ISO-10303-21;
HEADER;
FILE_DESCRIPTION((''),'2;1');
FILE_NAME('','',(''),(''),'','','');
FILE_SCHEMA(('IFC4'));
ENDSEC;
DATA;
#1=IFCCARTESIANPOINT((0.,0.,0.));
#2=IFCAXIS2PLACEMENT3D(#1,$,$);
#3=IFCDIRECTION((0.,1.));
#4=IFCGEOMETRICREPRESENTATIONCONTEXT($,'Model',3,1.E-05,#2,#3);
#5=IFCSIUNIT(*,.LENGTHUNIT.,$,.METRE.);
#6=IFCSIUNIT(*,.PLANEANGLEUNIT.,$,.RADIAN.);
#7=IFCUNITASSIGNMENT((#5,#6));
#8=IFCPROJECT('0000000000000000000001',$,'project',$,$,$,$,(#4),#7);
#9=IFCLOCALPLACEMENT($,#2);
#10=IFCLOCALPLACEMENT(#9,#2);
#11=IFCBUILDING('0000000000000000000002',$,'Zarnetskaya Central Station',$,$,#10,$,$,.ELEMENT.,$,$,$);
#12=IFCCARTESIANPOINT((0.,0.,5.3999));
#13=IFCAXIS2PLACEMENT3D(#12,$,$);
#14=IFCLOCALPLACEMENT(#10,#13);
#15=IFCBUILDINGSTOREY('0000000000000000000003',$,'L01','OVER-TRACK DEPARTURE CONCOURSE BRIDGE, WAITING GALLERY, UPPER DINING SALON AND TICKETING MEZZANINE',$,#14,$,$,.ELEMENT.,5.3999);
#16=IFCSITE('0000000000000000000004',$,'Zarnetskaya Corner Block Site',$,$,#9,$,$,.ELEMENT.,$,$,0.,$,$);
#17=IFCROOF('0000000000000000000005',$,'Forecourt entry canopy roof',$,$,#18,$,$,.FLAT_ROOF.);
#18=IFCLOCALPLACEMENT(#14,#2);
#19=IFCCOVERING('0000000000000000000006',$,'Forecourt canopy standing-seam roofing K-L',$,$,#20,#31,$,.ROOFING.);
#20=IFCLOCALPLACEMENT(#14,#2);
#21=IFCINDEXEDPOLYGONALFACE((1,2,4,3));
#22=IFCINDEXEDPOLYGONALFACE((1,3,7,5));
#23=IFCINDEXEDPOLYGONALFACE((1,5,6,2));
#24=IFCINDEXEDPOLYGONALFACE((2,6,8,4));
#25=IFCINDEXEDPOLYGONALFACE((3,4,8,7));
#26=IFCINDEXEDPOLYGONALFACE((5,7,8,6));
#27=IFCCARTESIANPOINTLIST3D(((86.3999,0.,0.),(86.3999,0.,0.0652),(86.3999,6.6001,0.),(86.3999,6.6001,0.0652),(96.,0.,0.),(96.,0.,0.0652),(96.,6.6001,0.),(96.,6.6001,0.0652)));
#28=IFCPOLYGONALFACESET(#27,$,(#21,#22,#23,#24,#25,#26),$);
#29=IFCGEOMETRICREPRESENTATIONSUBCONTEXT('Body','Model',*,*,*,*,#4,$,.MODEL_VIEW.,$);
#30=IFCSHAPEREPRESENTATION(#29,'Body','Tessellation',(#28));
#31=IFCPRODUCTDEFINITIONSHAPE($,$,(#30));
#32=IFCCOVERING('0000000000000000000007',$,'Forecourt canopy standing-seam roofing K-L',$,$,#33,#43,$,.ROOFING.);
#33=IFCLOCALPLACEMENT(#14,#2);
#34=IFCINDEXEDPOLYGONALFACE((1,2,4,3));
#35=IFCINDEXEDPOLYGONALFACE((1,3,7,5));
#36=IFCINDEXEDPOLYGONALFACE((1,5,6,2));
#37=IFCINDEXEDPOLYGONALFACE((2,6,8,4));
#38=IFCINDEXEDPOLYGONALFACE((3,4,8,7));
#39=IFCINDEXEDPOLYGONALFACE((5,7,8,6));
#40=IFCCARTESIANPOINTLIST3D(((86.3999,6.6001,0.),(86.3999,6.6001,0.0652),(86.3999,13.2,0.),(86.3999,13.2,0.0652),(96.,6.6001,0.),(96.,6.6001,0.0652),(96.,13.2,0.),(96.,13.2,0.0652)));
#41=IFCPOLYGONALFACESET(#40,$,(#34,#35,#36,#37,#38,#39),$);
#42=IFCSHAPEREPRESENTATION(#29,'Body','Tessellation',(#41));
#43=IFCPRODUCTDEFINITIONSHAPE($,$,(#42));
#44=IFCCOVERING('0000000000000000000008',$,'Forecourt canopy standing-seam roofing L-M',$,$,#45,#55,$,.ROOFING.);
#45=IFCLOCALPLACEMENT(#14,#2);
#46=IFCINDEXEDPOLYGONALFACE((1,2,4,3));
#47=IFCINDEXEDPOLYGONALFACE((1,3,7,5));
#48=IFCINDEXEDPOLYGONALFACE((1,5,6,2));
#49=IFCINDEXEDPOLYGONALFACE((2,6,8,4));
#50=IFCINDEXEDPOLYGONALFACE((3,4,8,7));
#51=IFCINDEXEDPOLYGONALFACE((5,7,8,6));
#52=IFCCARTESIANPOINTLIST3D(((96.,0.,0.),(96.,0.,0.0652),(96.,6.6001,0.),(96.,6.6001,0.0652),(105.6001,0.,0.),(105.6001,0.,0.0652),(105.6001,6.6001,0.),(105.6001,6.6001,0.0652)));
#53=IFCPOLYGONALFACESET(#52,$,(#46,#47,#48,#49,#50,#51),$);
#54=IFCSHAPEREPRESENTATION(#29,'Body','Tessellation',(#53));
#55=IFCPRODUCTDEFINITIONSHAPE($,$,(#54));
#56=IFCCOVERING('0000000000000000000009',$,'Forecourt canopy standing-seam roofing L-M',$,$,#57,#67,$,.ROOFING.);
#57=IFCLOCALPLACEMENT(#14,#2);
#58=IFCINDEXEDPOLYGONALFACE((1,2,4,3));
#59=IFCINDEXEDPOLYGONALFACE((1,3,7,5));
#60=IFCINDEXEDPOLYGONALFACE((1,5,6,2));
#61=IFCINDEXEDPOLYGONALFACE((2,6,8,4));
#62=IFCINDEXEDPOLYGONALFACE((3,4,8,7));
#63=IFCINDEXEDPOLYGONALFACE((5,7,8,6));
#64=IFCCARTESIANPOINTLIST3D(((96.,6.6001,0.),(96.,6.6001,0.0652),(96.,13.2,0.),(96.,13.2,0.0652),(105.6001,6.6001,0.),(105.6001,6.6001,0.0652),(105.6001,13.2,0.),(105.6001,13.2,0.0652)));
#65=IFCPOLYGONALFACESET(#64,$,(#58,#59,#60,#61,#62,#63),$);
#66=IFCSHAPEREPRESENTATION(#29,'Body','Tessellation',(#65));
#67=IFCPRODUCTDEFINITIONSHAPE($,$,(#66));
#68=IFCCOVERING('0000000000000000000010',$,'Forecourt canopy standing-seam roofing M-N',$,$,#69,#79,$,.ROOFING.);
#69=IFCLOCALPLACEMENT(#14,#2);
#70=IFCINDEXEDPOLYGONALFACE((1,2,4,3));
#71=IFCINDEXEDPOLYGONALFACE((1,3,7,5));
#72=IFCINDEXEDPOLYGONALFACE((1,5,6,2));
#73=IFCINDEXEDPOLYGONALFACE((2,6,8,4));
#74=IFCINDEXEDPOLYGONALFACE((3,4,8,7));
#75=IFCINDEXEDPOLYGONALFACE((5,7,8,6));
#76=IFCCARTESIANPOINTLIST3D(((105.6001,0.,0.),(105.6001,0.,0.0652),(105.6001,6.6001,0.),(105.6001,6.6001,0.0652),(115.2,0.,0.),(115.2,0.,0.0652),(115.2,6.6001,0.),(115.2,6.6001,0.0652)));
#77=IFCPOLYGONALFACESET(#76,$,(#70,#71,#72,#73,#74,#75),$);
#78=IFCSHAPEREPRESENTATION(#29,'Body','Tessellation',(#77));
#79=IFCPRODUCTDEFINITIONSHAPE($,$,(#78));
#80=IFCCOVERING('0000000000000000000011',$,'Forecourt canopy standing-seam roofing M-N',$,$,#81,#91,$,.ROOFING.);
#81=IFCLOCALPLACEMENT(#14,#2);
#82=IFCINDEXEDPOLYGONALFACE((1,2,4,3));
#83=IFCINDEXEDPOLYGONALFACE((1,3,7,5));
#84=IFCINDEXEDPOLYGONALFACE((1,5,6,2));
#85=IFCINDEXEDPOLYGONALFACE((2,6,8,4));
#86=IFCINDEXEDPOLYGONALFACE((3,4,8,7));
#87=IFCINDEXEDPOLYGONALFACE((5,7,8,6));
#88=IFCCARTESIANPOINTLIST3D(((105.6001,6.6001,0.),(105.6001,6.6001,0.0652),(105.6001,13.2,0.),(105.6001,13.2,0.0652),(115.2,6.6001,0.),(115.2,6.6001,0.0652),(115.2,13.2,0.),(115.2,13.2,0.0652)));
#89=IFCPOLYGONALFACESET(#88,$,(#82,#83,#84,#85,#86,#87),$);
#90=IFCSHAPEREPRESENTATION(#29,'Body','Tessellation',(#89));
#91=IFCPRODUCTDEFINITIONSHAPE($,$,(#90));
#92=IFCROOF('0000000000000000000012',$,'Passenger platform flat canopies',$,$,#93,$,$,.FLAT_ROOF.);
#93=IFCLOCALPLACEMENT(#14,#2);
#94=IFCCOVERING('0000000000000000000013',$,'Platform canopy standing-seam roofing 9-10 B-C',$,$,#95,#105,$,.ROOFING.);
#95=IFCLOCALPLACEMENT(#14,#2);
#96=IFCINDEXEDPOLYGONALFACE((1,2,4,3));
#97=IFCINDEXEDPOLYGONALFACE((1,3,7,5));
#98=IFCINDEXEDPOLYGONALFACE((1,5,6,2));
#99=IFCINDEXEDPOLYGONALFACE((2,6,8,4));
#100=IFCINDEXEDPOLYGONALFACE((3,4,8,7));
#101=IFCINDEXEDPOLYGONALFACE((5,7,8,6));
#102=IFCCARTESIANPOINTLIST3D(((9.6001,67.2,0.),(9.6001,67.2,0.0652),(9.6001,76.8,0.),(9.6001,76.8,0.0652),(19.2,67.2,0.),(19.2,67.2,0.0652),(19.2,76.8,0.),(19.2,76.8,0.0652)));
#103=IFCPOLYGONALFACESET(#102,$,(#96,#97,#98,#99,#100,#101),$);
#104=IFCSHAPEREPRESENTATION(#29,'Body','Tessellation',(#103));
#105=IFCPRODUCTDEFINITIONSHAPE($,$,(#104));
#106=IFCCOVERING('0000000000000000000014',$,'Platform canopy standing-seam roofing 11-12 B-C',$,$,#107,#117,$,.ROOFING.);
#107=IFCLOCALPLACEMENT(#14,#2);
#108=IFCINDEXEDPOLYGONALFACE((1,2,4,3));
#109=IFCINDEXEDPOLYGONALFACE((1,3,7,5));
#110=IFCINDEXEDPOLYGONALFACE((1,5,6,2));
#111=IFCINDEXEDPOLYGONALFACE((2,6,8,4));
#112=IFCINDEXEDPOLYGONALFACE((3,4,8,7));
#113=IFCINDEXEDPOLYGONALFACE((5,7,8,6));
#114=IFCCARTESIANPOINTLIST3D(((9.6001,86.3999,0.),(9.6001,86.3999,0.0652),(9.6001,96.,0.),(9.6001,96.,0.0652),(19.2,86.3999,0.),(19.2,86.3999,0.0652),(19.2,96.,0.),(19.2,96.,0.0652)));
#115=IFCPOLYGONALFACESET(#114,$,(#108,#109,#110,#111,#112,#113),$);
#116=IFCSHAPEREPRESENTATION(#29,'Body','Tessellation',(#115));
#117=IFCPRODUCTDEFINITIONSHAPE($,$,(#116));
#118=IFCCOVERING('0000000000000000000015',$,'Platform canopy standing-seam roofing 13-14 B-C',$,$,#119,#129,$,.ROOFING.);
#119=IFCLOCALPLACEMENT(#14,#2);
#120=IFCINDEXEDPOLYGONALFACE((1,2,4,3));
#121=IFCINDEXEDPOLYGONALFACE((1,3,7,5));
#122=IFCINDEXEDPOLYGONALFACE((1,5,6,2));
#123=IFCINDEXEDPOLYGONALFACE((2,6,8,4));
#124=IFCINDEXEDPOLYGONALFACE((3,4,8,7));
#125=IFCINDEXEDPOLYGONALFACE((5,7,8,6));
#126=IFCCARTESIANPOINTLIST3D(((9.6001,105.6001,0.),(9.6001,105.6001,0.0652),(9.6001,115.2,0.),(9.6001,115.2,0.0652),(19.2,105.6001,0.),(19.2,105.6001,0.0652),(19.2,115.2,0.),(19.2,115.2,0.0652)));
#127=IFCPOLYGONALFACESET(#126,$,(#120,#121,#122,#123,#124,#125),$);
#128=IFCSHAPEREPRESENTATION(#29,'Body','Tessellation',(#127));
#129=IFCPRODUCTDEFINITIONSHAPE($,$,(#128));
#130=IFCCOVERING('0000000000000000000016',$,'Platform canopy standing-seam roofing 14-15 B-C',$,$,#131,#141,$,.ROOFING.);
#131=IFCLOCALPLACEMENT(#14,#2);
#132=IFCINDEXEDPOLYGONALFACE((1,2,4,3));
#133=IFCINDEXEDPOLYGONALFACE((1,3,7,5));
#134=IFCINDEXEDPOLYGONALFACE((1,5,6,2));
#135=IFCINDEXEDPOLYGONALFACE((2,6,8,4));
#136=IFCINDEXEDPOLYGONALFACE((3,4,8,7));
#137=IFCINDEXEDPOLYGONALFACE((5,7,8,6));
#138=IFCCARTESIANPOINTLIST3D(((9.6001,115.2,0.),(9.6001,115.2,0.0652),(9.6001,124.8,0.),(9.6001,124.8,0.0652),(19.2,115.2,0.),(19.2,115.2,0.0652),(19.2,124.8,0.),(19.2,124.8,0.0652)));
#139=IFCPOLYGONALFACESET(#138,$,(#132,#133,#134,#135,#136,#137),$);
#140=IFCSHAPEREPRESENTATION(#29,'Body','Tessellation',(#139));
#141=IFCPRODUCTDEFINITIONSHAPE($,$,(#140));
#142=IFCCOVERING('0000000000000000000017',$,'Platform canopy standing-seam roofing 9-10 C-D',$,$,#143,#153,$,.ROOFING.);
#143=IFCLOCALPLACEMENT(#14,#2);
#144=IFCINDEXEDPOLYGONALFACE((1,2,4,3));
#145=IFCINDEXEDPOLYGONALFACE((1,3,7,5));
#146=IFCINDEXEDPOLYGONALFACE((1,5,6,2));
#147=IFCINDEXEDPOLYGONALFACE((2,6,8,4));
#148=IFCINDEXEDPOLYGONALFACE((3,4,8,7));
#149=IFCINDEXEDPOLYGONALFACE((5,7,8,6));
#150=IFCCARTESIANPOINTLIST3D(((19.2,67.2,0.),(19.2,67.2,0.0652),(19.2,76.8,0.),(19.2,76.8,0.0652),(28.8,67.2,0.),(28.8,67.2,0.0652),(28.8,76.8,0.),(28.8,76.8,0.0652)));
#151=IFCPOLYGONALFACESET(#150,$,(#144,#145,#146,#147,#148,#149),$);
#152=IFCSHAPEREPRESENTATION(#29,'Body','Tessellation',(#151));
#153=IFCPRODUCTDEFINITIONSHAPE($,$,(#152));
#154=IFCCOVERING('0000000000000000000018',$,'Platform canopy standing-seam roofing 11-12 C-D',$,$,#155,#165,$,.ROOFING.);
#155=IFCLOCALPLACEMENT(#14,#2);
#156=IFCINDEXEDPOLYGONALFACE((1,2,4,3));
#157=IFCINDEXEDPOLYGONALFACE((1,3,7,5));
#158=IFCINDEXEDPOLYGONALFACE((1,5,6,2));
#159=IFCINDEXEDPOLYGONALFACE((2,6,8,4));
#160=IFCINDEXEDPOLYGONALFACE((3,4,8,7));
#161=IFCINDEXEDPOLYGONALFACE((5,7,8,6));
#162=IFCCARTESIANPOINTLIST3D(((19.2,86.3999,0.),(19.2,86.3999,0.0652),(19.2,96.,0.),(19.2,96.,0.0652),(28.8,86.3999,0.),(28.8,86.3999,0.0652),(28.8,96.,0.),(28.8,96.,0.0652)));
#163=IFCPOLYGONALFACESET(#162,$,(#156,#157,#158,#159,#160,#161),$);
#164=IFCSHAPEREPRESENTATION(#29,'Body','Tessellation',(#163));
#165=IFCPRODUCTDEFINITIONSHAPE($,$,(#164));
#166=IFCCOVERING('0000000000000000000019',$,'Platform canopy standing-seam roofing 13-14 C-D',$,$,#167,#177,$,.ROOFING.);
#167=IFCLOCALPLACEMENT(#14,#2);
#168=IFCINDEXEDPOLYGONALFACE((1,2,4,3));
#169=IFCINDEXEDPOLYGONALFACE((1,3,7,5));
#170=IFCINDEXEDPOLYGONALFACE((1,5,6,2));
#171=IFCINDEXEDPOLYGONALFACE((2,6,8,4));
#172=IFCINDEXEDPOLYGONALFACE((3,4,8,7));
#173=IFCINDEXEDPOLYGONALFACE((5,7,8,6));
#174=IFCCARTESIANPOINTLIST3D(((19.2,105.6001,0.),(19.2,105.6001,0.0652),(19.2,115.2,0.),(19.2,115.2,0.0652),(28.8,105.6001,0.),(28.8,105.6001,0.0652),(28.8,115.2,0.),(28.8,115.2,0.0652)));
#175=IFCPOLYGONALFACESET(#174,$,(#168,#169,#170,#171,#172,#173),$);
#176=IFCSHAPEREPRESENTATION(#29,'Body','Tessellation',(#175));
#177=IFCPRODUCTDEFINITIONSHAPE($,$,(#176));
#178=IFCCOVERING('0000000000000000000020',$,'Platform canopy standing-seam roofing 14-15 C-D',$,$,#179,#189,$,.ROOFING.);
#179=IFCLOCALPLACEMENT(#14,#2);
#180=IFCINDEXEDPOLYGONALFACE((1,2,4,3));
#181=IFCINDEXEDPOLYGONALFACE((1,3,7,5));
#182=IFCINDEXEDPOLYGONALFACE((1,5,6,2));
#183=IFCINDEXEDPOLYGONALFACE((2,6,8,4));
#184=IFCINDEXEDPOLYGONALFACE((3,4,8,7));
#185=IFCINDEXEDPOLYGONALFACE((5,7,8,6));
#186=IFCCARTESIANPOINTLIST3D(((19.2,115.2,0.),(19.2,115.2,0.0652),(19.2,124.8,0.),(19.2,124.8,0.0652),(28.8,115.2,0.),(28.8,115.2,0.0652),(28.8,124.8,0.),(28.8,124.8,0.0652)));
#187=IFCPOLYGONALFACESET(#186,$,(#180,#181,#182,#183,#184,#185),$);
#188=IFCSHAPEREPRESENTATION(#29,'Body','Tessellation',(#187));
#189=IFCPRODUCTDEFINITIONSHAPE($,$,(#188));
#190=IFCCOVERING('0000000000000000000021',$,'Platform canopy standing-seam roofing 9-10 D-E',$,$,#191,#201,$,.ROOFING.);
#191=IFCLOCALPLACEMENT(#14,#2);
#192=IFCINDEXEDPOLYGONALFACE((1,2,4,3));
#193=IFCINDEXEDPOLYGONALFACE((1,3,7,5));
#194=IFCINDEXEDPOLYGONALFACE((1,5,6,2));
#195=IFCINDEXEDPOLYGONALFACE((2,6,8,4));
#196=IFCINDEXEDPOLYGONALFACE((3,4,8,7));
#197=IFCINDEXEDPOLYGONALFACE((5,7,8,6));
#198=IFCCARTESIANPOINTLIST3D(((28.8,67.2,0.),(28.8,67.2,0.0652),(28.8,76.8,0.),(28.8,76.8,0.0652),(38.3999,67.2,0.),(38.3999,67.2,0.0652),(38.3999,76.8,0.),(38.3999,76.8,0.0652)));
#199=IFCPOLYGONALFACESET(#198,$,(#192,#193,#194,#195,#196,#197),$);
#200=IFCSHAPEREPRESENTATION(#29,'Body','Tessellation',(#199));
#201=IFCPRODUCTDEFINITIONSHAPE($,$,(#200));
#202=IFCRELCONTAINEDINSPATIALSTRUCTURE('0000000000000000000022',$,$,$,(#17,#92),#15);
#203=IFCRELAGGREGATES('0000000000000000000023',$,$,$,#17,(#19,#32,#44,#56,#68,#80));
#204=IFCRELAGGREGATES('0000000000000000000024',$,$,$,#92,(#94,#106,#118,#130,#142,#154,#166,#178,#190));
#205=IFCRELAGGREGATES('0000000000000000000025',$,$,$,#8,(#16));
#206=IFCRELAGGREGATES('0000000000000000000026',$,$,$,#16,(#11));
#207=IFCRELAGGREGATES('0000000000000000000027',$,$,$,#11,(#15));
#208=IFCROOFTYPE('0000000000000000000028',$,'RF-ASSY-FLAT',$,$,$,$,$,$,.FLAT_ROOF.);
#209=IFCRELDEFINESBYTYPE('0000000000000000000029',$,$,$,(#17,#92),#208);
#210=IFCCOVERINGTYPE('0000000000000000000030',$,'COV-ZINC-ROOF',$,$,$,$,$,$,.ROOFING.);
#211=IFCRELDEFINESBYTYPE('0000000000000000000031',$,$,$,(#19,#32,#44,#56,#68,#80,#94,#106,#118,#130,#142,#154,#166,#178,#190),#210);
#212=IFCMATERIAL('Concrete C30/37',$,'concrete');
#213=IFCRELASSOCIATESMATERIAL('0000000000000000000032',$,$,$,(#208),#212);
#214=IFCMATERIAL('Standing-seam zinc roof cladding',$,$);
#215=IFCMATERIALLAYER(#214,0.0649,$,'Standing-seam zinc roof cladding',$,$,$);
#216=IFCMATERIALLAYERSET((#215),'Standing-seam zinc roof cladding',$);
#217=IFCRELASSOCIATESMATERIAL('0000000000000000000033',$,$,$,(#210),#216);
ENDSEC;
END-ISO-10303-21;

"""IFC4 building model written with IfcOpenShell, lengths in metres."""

from ifc_helpers import new_model, si_unit, direction, frame, origin, place, context, subcontext, project, spatial, polyline, outline, extrude, material, layer, layer_set, type_object, element, aggregate, save


model = new_model("IFC4")

# Units and contexts
model_context = context("Model", 3, precision=1e-05, world=origin(), true_north=direction((0.0, 1.0)))
body_context = subcontext(model_context, "Body", "Model", "MODEL_VIEW")
ifc_project = project(units=[si_unit("LENGTHUNIT", "METRE"), si_unit("PLANEANGLEUNIT", "RADIAN")], contexts=[model_context])

# Site, building, storey
site_placement = place(None, origin())
site = spatial("IfcSite", under=ifc_project, at=site_placement, Name="Zarnetskaya Corner Block Site", CompositionType="ELEMENT", RefElevation=0.0)
building_placement = place(site_placement, origin())
building = spatial("IfcBuilding", under=site, at=building_placement, Name="Zarnetskaya Central Station", CompositionType="ELEMENT")
storey_placement = place(building_placement, frame((0.0, 0.0, 5.3999)))
storey = spatial("IfcBuildingStorey", under=building, at=storey_placement, Name="L01", Description="OVER-TRACK DEPARTURE CONCOURSE BRIDGE, WAITING GALLERY, UPPER DINING SALON AND TICKETING MEZZANINE", CompositionType="ELEMENT", Elevation=5.3999)

# Shared definitions
ifc_material_1 = material(Name="Concrete C30/37", Category="concrete")

# Roofs, coverings
roof_type = type_object("IfcRoofType", Name="RF-ASSY-FLAT", PredefinedType="FLAT_ROOF", material=ifc_material_1)
roof_1_placement = place(storey_placement, origin())
roof_1 = element("IfcRoof", 1, at=roof_1_placement, inside=storey, type_object=roof_type, Name="Forecourt entry canopy roof", PredefinedType="FLAT_ROOF")
ifc_material_2 = material(Name="Standing-seam zinc roof cladding")
ifc_layer_1 = layer(ifc_material_2, 0.0649, Name="Standing-seam zinc roof cladding")
ifc_layer_set_1 = layer_set([ifc_layer_1], Name="Standing-seam zinc roof cladding")
covering_type = type_object("IfcCoveringType", Name="COV-ZINC-ROOF", PredefinedType="ROOFING", material=ifc_layer_set_1)
covering_1_placement = place(storey_placement, origin())
covering_1 = element("IfcCovering", 2, at=covering_1_placement, type_object=covering_type, Name="Forecourt canopy standing-seam roofing K-L", PredefinedType="ROOFING", context=body_context, shape_type="SweptSolid", body=[
    extrude(outline(polyline([(86.3999, 0.0), (96.0, 0.0), (96.0, 6.6001), (86.3999, 6.6001), (86.3999, 0.0)])), origin(), (0.0, 0.0, 1.0), 0.0652),
])
covering_2_placement = place(storey_placement, origin())
covering_2 = element("IfcCovering", 3, at=covering_2_placement, type_object=covering_type, Name="Forecourt canopy standing-seam roofing K-L", PredefinedType="ROOFING", context=body_context, shape_type="SweptSolid", body=[
    extrude(outline(polyline([(86.3999, 6.6001), (96.0, 6.6001), (96.0, 13.2), (86.3999, 13.2), (86.3999, 6.6001)])), origin(), (0.0, 0.0, 1.0), 0.0652),
])
covering_3_placement = place(storey_placement, origin())
covering_3 = element("IfcCovering", 4, at=covering_3_placement, type_object=covering_type, Name="Forecourt canopy standing-seam roofing L-M", PredefinedType="ROOFING", context=body_context, shape_type="SweptSolid", body=[
    extrude(outline(polyline([(96.0, 0.0), (105.6001, 0.0), (105.6001, 6.6001), (96.0, 6.6001), (96.0, 0.0)])), origin(), (0.0, 0.0, 1.0), 0.0652),
])
covering_4_placement = place(storey_placement, origin())
covering_4 = element("IfcCovering", 5, at=covering_4_placement, type_object=covering_type, Name="Forecourt canopy standing-seam roofing L-M", PredefinedType="ROOFING", context=body_context, shape_type="SweptSolid", body=[
    extrude(outline(polyline([(96.0, 6.6001), (105.6001, 6.6001), (105.6001, 13.2), (96.0, 13.2), (96.0, 6.6001)])), origin(), (0.0, 0.0, 1.0), 0.0652),
])
covering_5_placement = place(storey_placement, origin())
covering_5 = element("IfcCovering", 6, at=covering_5_placement, type_object=covering_type, Name="Forecourt canopy standing-seam roofing M-N", PredefinedType="ROOFING", context=body_context, shape_type="SweptSolid", body=[
    extrude(outline(polyline([(105.6001, 0.0), (115.2, 0.0), (115.2, 6.6001), (105.6001, 6.6001), (105.6001, 0.0)])), origin(), (0.0, 0.0, 1.0), 0.0652),
])
covering_6_placement = place(storey_placement, origin())
covering_6 = element("IfcCovering", 7, at=covering_6_placement, type_object=covering_type, Name="Forecourt canopy standing-seam roofing M-N", PredefinedType="ROOFING", context=body_context, shape_type="SweptSolid", body=[
    extrude(outline(polyline([(105.6001, 6.6001), (115.2, 6.6001), (115.2, 13.2), (105.6001, 13.2), (105.6001, 6.6001)])), origin(), (0.0, 0.0, 1.0), 0.0652),
])
aggregate(roof_1, [covering_1, covering_2, covering_3, covering_4, covering_5, covering_6])
roof_2_placement = place(storey_placement, origin())
roof_2 = element("IfcRoof", 8, at=roof_2_placement, inside=storey, type_object=roof_type, Name="Passenger platform flat canopies", PredefinedType="FLAT_ROOF")
covering_7_placement = place(storey_placement, origin())
covering_7 = element("IfcCovering", 9, at=covering_7_placement, type_object=covering_type, Name="Platform canopy standing-seam roofing 9-10 B-C", PredefinedType="ROOFING", context=body_context, shape_type="SweptSolid", body=[
    extrude(outline(polyline([(9.6001, 67.2), (19.2, 67.2), (19.2, 76.8), (9.6001, 76.8), (9.6001, 67.2)])), origin(), (0.0, 0.0, 1.0), 0.0652),
])
covering_8_placement = place(storey_placement, origin())
covering_8 = element("IfcCovering", 10, at=covering_8_placement, type_object=covering_type, Name="Platform canopy standing-seam roofing 11-12 B-C", PredefinedType="ROOFING", context=body_context, shape_type="SweptSolid", body=[
    extrude(outline(polyline([(9.6001, 86.3999), (19.2, 86.3999), (19.2, 96.0), (9.6001, 96.0), (9.6001, 86.3999)])), origin(), (0.0, 0.0, 1.0), 0.0652),
])
covering_9_placement = place(storey_placement, origin())
covering_9 = element("IfcCovering", 11, at=covering_9_placement, type_object=covering_type, Name="Platform canopy standing-seam roofing 13-14 B-C", PredefinedType="ROOFING", context=body_context, shape_type="SweptSolid", body=[
    extrude(outline(polyline([(9.6001, 105.6001), (19.2, 105.6001), (19.2, 115.2), (9.6001, 115.2), (9.6001, 105.6001)])), origin(), (0.0, 0.0, 1.0), 0.0652),
])
covering_10_placement = place(storey_placement, origin())
covering_10 = element("IfcCovering", 12, at=covering_10_placement, type_object=covering_type, Name="Platform canopy standing-seam roofing 14-15 B-C", PredefinedType="ROOFING", context=body_context, shape_type="SweptSolid", body=[
    extrude(outline(polyline([(9.6001, 115.2), (19.2, 115.2), (19.2, 124.8), (9.6001, 124.8), (9.6001, 115.2)])), origin(), (0.0, 0.0, 1.0), 0.0652),
])
covering_11_placement = place(storey_placement, origin())
covering_11 = element("IfcCovering", 13, at=covering_11_placement, type_object=covering_type, Name="Platform canopy standing-seam roofing 9-10 C-D", PredefinedType="ROOFING", context=body_context, shape_type="SweptSolid", body=[
    extrude(outline(polyline([(19.2, 67.2), (28.8, 67.2), (28.8, 76.8), (19.2, 76.8), (19.2, 67.2)])), origin(), (0.0, 0.0, 1.0), 0.0652),
])
covering_12_placement = place(storey_placement, origin())
covering_12 = element("IfcCovering", 14, at=covering_12_placement, type_object=covering_type, Name="Platform canopy standing-seam roofing 11-12 C-D", PredefinedType="ROOFING", context=body_context, shape_type="SweptSolid", body=[
    extrude(outline(polyline([(19.2, 86.3999), (28.8, 86.3999), (28.8, 96.0), (19.2, 96.0), (19.2, 86.3999)])), origin(), (0.0, 0.0, 1.0), 0.0652),
])
covering_13_placement = place(storey_placement, origin())
covering_13 = element("IfcCovering", 15, at=covering_13_placement, type_object=covering_type, Name="Platform canopy standing-seam roofing 13-14 C-D", PredefinedType="ROOFING", context=body_context, shape_type="SweptSolid", body=[
    extrude(outline(polyline([(19.2, 105.6001), (28.8, 105.6001), (28.8, 115.2), (19.2, 115.2), (19.2, 105.6001)])), origin(), (0.0, 0.0, 1.0), 0.0652),
])
covering_14_placement = place(storey_placement, origin())
covering_14 = element("IfcCovering", 16, at=covering_14_placement, type_object=covering_type, Name="Platform canopy standing-seam roofing 14-15 C-D", PredefinedType="ROOFING", context=body_context, shape_type="SweptSolid", body=[
    extrude(outline(polyline([(19.2, 115.2), (28.8, 115.2), (28.8, 124.8), (19.2, 124.8), (19.2, 115.2)])), origin(), (0.0, 0.0, 1.0), 0.0652),
])
covering_15_placement = place(storey_placement, origin())
covering_15 = element("IfcCovering", 17, at=covering_15_placement, type_object=covering_type, Name="Platform canopy standing-seam roofing 9-10 D-E", PredefinedType="ROOFING", context=body_context, shape_type="SweptSolid", body=[
    extrude(outline(polyline([(28.8, 67.2), (38.3999, 67.2), (38.3999, 76.8), (28.8, 76.8), (28.8, 67.2)])), origin(), (0.0, 0.0, 1.0), 0.0652),
])
aggregate(roof_2, [covering_7, covering_8, covering_9, covering_10, covering_11, covering_12, covering_13, covering_14, covering_15])

save(model, "model.ifc")
